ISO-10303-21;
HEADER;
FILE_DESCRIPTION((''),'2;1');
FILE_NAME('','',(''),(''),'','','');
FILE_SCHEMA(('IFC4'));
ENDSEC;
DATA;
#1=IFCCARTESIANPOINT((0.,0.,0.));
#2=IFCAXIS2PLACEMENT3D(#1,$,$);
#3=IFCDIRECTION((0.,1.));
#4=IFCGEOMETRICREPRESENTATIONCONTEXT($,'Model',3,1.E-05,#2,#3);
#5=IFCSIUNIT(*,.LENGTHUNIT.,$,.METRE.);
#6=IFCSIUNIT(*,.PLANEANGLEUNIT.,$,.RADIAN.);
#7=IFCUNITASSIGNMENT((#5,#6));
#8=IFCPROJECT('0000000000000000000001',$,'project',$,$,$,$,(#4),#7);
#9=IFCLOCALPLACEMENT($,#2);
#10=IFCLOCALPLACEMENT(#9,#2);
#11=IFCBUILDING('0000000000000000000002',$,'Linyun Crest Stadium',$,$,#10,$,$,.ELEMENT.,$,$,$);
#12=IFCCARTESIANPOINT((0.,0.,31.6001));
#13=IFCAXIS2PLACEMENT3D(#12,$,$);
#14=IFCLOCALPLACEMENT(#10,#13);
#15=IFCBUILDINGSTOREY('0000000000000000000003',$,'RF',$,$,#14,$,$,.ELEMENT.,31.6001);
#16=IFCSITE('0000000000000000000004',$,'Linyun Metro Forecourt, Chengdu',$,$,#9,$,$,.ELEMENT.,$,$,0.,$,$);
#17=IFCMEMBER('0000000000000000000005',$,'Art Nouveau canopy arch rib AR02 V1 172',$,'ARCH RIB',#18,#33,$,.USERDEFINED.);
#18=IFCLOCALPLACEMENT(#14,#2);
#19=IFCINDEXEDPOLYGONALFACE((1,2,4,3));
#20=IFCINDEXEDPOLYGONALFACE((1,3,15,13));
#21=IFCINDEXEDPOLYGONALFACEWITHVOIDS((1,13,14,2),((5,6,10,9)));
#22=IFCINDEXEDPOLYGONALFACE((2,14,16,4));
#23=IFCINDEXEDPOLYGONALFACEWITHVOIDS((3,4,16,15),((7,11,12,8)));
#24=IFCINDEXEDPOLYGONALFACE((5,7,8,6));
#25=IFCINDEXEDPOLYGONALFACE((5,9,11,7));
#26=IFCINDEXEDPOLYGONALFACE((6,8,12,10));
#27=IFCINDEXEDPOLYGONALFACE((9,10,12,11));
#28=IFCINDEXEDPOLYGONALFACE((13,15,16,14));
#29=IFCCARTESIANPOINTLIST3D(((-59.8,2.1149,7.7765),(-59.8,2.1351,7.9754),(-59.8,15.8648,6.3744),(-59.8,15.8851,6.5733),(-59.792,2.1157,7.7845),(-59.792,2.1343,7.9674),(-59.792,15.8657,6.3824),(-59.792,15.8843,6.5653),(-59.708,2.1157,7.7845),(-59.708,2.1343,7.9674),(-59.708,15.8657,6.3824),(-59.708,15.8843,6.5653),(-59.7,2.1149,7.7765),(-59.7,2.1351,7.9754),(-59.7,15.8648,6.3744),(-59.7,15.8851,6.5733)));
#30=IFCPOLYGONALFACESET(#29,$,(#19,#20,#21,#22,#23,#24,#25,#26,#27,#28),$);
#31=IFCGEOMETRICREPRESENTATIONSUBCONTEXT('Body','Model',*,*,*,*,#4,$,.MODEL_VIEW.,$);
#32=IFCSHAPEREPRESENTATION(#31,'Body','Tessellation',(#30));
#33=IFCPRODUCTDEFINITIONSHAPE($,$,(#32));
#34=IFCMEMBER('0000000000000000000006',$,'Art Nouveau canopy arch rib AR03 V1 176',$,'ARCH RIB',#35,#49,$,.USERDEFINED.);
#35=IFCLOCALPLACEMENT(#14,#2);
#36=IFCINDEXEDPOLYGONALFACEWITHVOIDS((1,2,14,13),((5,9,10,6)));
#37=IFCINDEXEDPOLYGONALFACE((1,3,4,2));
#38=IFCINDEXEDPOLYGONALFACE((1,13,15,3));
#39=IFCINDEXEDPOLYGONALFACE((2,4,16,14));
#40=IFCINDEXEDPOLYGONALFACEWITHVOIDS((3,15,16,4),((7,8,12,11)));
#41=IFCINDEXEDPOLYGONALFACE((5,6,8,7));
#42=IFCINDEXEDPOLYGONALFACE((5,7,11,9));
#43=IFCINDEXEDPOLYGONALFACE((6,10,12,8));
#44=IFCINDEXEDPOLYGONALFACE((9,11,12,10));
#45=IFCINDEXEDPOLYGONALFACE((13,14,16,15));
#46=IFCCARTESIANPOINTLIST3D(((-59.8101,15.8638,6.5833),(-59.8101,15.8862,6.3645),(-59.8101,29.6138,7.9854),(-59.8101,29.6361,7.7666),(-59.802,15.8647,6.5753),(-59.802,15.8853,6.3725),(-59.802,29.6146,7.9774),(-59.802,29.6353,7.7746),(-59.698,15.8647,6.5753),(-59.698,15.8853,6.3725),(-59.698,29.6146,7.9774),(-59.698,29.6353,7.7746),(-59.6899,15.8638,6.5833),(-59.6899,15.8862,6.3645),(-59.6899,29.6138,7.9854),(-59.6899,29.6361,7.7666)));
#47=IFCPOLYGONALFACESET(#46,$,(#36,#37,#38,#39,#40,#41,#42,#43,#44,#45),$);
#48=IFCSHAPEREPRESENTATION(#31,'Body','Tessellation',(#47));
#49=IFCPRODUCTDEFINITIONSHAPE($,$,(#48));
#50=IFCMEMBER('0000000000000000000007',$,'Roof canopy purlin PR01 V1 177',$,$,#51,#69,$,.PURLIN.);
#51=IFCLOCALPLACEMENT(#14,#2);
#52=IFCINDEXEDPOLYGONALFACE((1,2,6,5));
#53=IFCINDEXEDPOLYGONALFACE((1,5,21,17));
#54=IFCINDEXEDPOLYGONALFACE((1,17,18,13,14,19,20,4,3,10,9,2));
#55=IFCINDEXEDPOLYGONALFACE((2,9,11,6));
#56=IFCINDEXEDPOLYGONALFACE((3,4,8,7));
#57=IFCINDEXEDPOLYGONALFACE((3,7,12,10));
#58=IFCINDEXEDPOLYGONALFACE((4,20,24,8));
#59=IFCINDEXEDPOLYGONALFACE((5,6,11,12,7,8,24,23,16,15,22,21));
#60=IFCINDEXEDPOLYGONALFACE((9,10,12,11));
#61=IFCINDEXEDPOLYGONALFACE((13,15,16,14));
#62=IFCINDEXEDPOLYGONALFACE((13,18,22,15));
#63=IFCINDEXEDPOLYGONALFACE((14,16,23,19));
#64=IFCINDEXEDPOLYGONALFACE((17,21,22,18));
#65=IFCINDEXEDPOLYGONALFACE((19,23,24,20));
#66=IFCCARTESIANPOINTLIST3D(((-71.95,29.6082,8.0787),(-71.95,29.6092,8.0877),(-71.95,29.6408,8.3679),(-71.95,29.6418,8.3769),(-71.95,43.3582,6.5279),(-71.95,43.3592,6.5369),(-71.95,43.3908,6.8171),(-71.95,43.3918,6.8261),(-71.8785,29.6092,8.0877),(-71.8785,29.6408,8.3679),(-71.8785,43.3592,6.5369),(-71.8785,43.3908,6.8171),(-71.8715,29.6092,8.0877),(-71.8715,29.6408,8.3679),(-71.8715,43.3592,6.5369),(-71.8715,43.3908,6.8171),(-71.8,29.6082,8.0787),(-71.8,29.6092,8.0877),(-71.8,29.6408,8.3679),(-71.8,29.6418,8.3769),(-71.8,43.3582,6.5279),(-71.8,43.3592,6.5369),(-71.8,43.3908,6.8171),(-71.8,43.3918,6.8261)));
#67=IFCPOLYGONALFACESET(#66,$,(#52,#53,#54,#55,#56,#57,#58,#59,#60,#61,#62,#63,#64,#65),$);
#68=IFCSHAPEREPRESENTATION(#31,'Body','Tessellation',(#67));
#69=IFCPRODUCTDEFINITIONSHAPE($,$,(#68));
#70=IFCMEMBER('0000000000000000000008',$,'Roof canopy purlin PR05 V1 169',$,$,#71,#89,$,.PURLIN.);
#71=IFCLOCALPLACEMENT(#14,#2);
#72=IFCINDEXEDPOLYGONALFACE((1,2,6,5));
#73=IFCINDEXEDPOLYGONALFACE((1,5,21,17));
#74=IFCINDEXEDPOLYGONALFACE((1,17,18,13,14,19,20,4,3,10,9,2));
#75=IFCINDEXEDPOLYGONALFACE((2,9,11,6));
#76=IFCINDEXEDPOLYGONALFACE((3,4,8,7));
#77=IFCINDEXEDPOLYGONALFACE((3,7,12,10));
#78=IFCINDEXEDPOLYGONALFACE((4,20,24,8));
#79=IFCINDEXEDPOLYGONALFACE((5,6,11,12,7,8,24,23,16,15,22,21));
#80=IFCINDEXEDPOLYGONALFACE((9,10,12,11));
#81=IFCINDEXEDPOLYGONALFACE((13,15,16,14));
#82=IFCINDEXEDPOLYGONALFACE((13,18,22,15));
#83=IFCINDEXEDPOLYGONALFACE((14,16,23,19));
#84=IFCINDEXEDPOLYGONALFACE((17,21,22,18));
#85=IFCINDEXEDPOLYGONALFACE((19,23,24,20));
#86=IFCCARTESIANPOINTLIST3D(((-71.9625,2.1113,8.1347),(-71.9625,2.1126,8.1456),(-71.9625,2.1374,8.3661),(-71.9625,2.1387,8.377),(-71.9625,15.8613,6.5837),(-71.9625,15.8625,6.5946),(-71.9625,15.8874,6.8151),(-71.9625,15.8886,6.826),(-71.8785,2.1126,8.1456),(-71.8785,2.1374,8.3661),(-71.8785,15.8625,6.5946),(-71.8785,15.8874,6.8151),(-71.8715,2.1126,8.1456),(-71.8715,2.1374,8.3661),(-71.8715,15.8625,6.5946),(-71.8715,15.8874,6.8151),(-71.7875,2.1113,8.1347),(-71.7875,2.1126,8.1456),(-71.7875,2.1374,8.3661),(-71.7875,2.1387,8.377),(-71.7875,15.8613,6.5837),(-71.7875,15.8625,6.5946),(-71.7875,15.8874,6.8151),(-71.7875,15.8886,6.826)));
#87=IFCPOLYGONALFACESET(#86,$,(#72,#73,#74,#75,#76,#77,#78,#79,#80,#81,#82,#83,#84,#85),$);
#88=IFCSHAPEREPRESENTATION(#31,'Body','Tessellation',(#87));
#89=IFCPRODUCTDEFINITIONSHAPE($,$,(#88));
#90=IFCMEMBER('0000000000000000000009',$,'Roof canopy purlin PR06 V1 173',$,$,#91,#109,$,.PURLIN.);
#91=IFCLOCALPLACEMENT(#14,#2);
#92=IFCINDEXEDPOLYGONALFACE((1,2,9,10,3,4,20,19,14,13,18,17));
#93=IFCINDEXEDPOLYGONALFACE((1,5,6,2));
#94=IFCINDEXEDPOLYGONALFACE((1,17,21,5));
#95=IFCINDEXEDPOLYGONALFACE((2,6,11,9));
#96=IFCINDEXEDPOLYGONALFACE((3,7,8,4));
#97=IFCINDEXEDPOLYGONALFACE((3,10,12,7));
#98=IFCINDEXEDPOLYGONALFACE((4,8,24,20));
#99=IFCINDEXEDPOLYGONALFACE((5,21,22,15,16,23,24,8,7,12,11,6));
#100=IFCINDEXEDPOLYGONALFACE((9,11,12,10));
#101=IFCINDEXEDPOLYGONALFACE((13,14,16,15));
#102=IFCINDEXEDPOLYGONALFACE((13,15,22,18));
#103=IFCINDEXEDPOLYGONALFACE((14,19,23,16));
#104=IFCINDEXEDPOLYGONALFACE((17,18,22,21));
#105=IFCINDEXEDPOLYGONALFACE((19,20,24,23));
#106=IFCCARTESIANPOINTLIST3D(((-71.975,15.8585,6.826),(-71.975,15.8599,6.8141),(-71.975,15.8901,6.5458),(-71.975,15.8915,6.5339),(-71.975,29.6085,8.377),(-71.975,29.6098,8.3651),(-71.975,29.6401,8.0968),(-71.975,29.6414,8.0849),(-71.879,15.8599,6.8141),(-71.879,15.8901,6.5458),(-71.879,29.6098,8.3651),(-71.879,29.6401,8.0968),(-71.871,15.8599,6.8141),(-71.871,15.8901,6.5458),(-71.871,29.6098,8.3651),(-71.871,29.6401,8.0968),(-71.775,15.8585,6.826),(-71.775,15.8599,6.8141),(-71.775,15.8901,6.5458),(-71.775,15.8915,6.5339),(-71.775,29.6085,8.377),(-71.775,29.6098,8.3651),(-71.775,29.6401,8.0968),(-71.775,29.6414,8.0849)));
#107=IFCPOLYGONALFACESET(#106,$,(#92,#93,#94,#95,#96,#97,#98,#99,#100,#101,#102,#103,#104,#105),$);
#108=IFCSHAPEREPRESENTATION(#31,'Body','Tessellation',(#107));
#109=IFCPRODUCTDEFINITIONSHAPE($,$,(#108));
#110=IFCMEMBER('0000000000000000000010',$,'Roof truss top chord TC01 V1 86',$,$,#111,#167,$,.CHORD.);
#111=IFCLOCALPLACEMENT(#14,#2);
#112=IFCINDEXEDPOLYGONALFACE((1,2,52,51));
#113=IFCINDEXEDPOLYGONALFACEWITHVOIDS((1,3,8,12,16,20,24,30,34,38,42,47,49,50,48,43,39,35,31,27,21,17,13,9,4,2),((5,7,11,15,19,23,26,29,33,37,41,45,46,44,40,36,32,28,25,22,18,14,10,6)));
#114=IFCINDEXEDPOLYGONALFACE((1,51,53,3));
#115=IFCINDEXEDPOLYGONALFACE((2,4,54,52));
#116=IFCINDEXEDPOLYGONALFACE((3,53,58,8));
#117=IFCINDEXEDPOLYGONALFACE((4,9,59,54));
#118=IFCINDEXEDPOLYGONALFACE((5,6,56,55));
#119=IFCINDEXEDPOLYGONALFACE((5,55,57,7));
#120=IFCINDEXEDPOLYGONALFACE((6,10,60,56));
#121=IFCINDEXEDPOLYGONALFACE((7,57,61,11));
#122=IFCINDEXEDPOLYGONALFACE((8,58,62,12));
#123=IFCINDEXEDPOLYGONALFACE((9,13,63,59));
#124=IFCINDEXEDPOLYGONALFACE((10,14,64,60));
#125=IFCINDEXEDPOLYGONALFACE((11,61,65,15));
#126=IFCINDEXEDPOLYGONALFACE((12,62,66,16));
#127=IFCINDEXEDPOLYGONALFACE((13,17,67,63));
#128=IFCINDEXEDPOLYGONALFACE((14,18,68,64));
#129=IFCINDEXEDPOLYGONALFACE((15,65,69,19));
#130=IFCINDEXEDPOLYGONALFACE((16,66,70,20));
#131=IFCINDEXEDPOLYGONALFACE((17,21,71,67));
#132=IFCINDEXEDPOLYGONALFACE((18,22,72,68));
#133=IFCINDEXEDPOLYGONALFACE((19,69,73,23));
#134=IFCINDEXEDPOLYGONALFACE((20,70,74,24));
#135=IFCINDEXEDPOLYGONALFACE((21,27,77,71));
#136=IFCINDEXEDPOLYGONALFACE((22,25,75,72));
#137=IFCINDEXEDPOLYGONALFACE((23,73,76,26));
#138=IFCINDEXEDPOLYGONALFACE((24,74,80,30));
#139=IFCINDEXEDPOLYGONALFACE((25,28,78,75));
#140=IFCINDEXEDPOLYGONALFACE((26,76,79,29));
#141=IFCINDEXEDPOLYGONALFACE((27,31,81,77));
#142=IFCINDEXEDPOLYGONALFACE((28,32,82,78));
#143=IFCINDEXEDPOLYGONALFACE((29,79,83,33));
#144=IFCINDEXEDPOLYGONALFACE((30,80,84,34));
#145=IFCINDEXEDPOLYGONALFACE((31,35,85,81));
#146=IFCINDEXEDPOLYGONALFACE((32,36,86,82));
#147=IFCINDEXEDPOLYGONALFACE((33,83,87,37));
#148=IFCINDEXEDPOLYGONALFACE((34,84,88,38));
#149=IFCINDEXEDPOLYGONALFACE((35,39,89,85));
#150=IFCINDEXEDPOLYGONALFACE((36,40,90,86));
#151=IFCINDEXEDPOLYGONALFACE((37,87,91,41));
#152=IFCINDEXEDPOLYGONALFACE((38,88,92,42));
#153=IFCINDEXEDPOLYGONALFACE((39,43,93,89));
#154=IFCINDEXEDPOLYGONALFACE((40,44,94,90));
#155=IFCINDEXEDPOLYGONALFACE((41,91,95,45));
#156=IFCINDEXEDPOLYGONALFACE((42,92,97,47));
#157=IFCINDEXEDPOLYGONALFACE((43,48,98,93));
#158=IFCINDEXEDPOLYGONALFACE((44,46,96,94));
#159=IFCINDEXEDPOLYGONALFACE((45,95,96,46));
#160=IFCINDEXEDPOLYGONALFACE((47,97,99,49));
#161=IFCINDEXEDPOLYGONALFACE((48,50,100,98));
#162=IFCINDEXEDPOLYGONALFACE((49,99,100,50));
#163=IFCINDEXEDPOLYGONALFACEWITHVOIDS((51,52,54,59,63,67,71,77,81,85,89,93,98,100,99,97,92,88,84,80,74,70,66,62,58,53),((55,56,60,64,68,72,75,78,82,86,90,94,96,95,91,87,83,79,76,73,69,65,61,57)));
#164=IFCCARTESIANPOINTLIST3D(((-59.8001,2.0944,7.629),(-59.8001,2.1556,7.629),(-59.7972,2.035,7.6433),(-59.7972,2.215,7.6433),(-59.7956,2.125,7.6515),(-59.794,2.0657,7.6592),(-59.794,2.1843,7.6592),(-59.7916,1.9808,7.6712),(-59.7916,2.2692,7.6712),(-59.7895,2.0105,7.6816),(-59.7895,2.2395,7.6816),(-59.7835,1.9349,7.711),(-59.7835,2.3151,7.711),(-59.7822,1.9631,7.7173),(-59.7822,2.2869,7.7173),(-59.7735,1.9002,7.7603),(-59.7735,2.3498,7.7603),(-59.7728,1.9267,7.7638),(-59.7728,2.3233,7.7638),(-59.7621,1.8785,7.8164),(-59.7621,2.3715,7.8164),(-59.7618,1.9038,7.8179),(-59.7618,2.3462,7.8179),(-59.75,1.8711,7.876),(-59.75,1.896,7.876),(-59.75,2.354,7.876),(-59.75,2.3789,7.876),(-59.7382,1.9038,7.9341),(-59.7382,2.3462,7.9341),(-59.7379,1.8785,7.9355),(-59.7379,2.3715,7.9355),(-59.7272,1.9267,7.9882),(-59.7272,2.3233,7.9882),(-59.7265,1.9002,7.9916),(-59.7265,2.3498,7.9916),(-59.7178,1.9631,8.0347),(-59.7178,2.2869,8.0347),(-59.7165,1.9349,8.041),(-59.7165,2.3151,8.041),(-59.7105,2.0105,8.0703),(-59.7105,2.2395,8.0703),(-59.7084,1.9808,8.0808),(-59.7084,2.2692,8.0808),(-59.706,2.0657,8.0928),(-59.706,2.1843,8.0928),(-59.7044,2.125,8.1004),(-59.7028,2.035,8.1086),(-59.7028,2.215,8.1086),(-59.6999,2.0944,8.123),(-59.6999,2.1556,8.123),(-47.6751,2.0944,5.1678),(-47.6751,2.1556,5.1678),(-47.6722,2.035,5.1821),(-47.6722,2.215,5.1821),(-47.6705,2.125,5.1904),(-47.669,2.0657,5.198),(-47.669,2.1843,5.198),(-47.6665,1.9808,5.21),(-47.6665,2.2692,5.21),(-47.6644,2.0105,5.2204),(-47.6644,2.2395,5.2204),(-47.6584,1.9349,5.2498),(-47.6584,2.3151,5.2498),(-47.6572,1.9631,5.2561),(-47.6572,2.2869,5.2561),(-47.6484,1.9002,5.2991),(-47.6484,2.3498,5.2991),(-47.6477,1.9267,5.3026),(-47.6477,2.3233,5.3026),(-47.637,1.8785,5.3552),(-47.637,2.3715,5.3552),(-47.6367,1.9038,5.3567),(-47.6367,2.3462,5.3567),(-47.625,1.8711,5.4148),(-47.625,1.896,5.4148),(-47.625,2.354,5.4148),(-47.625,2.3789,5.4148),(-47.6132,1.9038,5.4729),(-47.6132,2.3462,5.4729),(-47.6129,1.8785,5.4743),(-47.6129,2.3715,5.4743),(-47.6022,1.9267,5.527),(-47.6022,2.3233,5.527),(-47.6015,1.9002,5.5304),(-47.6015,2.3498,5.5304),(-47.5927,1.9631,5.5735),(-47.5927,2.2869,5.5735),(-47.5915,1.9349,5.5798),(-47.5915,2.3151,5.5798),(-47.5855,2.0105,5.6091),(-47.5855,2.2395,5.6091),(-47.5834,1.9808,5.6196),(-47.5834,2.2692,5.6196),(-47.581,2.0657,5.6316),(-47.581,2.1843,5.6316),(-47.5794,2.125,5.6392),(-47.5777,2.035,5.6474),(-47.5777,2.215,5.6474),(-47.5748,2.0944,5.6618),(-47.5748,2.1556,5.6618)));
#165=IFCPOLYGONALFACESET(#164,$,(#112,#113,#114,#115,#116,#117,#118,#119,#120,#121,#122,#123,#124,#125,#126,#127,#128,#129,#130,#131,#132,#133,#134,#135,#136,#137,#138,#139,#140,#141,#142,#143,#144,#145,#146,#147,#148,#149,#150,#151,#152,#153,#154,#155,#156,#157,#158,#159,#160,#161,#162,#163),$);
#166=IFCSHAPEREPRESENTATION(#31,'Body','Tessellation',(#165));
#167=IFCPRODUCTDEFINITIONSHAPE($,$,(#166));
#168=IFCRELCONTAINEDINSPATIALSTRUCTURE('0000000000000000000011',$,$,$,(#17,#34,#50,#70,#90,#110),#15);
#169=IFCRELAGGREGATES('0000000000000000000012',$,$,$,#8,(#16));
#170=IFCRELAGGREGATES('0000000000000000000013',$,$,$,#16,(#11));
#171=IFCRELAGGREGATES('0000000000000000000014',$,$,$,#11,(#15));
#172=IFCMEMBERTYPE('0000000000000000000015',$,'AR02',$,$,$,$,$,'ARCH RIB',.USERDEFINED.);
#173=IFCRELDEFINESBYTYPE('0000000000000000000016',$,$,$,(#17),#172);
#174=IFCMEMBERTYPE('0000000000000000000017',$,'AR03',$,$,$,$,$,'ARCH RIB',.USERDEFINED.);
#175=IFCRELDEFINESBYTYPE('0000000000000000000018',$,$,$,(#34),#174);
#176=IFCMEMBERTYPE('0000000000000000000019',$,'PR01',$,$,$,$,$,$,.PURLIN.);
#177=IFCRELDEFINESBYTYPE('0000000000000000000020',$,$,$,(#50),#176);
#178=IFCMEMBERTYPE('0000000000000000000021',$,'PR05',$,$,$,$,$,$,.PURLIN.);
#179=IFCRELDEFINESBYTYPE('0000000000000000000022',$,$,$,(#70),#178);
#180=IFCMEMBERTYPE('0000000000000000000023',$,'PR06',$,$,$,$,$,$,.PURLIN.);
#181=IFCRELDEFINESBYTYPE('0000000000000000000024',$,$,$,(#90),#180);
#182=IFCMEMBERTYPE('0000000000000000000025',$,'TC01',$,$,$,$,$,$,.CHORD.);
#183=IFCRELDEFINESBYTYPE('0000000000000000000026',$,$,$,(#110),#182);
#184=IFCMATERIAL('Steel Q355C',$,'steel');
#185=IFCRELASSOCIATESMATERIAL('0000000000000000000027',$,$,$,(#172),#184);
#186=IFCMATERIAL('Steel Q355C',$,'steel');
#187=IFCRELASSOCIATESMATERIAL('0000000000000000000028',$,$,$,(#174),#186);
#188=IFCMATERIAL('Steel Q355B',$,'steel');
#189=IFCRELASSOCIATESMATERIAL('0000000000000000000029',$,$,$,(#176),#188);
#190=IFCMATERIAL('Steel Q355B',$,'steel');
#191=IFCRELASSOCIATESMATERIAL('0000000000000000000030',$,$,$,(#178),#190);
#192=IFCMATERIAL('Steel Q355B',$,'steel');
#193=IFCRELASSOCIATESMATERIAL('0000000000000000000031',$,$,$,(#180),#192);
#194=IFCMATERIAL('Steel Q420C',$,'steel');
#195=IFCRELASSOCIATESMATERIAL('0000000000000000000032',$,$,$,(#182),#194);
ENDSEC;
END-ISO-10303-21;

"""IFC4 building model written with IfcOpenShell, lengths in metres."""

from ifc_helpers import new_model, si_unit, direction, frame, origin, origin_2d, place, context, subcontext, project, spatial, hollow_rectangle, hollow_circle, i_section, extrude, material, material_profile, profile_set, type_object, element, save


model = new_model("IFC4")

# Units and contexts
model_context = context("Model", 3, precision=1e-05, world=origin(), true_north=direction((0.0, 1.0)))
body_context = subcontext(model_context, "Body", "Model", "MODEL_VIEW")
ifc_project = project(units=[si_unit("LENGTHUNIT", "METRE"), si_unit("PLANEANGLEUNIT", "RADIAN")], contexts=[model_context])

# Site, building, storey
site_placement = place(None, origin())
site = spatial("IfcSite", under=ifc_project, at=site_placement, Name="Linyun Metro Forecourt, Chengdu", CompositionType="ELEMENT", RefElevation=0.0)
building_placement = place(site_placement, origin())
building = spatial("IfcBuilding", under=site, at=building_placement, Name="Linyun Crest Stadium", CompositionType="ELEMENT")
storey_placement = place(building_placement, frame((0.0, 0.0, 31.6001)))
storey = spatial("IfcBuildingStorey", under=building, at=storey_placement, Name="RF", CompositionType="ELEMENT", Elevation=31.6001)

# Members
ifc_material_1 = material(Name="Steel Q355C", Category="steel")
ifc_material_profile_1 = material_profile(ifc_material_1, hollow_rectangle(XDim=0.1001, YDim=0.2, WallThickness=0.0081, at=origin_2d()), Name="RHS 200x100x8")
ifc_profile_set_1 = profile_set([ifc_material_profile_1], Name="Steel Q355C")
member_type_1 = type_object("IfcMemberType", Name="AR02", ElementType="ARCH RIB", PredefinedType="USERDEFINED", material=ifc_profile_set_1)
member_1_placement = place(storey_placement, frame((-59.75, 2.125, 7.876), z_axis=(0.0, 0.994841, -0.101445), x_axis=(-1.0, 0.0, 0.0)))
element("IfcMember", 1, at=member_1_placement, inside=storey, type_object=member_type_1, Name="Art Nouveau canopy arch rib AR02 V1 172", ObjectType="ARCH RIB", PredefinedType="USERDEFINED", context=body_context, shape_type="SweptSolid", body=[
    extrude(hollow_rectangle(XDim=0.1001, YDim=0.2, WallThickness=0.0081, at=origin_2d()), origin(), (0.0, 0.0, 1.0), 13.8213),
])
ifc_material_2 = material(Name="Steel Q355C", Category="steel")
ifc_material_profile_2 = material_profile(ifc_material_2, hollow_rectangle(XDim=0.1201, YDim=0.22, WallThickness=0.0081, at=origin_2d()), Name="RHS 220x120x8")
ifc_profile_set_2 = profile_set([ifc_material_profile_2], Name="Steel Q355C")
member_type_2 = type_object("IfcMemberType", Name="AR03", ElementType="ARCH RIB", PredefinedType="USERDEFINED", material=ifc_profile_set_2)
member_2_placement = place(storey_placement, frame((-59.75, 15.875, 6.4739), z_axis=(0.0, 0.994841, 0.101445), x_axis=(-1.0, 0.0, 0.0)))
element("IfcMember", 2, at=member_2_placement, inside=storey, type_object=member_type_2, Name="Art Nouveau canopy arch rib AR03 V1 176", ObjectType="ARCH RIB", PredefinedType="USERDEFINED", context=body_context, shape_type="SweptSolid", body=[
    extrude(hollow_rectangle(XDim=0.1201, YDim=0.22, WallThickness=0.0081, at=origin_2d()), origin(), (0.0, 0.0, 1.0), 13.8213),
])
ifc_material_3 = material(Name="Steel Q355B", Category="steel")
ifc_material_profile_3 = material_profile(ifc_material_3, i_section(OverallWidth=0.1499, OverallDepth=0.3, WebThickness=0.0071, FlangeThickness=0.009, at=origin_2d()), Name="HN 300x150")
ifc_profile_set_3 = profile_set([ifc_material_profile_3], Name="Steel Q355B")
member_type_3 = type_object("IfcMemberType", Name="PR01", PredefinedType="PURLIN", material=ifc_profile_set_3)
member_3_placement = place(storey_placement, frame((-71.875, 29.625, 8.2278), z_axis=(0.0, 0.9937, -0.112074), x_axis=(-1.0, 0.0, 0.0)))
element("IfcMember", 3, at=member_3_placement, inside=storey, type_object=member_type_3, Name="Roof canopy purlin PR01 V1 177", PredefinedType="PURLIN", context=body_context, shape_type="SweptSolid", body=[
    extrude(i_section(OverallWidth=0.1499, OverallDepth=0.3, WebThickness=0.0071, FlangeThickness=0.009, at=origin_2d()), origin(), (0.0, 0.0, 1.0), 13.8372),
])
ifc_material_4 = material(Name="Steel Q355B", Category="steel")
ifc_material_profile_4 = material_profile(ifc_material_4, i_section(OverallWidth=0.175, OverallDepth=0.2439, WebThickness=0.0071, FlangeThickness=0.011, at=origin_2d()), Name="HM 244x175")
ifc_profile_set_4 = profile_set([ifc_material_profile_4], Name="Steel Q355B")
member_type_4 = type_object("IfcMemberType", Name="PR05", PredefinedType="PURLIN", material=ifc_profile_set_4)
member_4_placement = place(storey_placement, frame((-71.875, 2.125, 8.2559), z_axis=(0.0, 0.993698, -0.112091), x_axis=(-1.0, 0.0, 0.0)))
element("IfcMember", 4, at=member_4_placement, inside=storey, type_object=member_type_4, Name="Roof canopy purlin PR05 V1 169", PredefinedType="PURLIN", context=body_context, shape_type="SweptSolid", body=[
    extrude(i_section(OverallWidth=0.175, OverallDepth=0.2439, WebThickness=0.0071, FlangeThickness=0.011, at=origin_2d()), origin(), (0.0, 0.0, 1.0), 13.8372),
])
ifc_material_5 = material(Name="Steel Q355B", Category="steel")
ifc_material_profile_5 = material_profile(ifc_material_5, i_section(OverallWidth=0.2, OverallDepth=0.2939, WebThickness=0.0081, FlangeThickness=0.012, at=origin_2d()), Name="HM 294x200")
ifc_profile_set_5 = profile_set([ifc_material_profile_5], Name="Steel Q355B")
member_type_5 = type_object("IfcMemberType", Name="PR06", PredefinedType="PURLIN", material=ifc_profile_set_5)
member_5_placement = place(storey_placement, frame((-71.875, 15.875, 6.6799), z_axis=(0.0, 0.993698, 0.112091), x_axis=(-1.0, 0.0, 0.0)))
element("IfcMember", 5, at=member_5_placement, inside=storey, type_object=member_type_5, Name="Roof canopy purlin PR06 V1 173", PredefinedType="PURLIN", context=body_context, shape_type="SweptSolid", body=[
    extrude(i_section(OverallWidth=0.2, OverallDepth=0.2939, WebThickness=0.0081, FlangeThickness=0.012, at=origin_2d()), origin(), (0.0, 0.0, 1.0), 13.8372),
])
ifc_material_6 = material(Name="Steel Q420C", Category="steel")
ifc_material_profile_6 = material_profile(ifc_material_6, hollow_circle(Radius=0.2539, WallThickness=0.0249, at=origin_2d()), Name="CHS 508x25")
ifc_profile_set_6 = profile_set([ifc_material_profile_6], Name="Steel Q420C")
member_type_6 = type_object("IfcMemberType", Name="TC01", PredefinedType="CHORD", material=ifc_profile_set_6)
member_6_placement = place(storey_placement, frame((-59.75, 2.125, 7.876), z_axis=(0.980014, 0.0, -0.198927), x_axis=(0.0, 1.0, 0.0)))
element("IfcMember", 6, at=member_6_placement, inside=storey, type_object=member_type_6, Name="Roof truss top chord TC01 V1 86", PredefinedType="CHORD", context=body_context, shape_type="SweptSolid", body=[
    extrude(hollow_circle(Radius=0.2539, WallThickness=0.0249, at=origin_2d()), origin(), (0.0, 0.0, 1.0), 12.3723),
])

save(model, "model.ifc")
